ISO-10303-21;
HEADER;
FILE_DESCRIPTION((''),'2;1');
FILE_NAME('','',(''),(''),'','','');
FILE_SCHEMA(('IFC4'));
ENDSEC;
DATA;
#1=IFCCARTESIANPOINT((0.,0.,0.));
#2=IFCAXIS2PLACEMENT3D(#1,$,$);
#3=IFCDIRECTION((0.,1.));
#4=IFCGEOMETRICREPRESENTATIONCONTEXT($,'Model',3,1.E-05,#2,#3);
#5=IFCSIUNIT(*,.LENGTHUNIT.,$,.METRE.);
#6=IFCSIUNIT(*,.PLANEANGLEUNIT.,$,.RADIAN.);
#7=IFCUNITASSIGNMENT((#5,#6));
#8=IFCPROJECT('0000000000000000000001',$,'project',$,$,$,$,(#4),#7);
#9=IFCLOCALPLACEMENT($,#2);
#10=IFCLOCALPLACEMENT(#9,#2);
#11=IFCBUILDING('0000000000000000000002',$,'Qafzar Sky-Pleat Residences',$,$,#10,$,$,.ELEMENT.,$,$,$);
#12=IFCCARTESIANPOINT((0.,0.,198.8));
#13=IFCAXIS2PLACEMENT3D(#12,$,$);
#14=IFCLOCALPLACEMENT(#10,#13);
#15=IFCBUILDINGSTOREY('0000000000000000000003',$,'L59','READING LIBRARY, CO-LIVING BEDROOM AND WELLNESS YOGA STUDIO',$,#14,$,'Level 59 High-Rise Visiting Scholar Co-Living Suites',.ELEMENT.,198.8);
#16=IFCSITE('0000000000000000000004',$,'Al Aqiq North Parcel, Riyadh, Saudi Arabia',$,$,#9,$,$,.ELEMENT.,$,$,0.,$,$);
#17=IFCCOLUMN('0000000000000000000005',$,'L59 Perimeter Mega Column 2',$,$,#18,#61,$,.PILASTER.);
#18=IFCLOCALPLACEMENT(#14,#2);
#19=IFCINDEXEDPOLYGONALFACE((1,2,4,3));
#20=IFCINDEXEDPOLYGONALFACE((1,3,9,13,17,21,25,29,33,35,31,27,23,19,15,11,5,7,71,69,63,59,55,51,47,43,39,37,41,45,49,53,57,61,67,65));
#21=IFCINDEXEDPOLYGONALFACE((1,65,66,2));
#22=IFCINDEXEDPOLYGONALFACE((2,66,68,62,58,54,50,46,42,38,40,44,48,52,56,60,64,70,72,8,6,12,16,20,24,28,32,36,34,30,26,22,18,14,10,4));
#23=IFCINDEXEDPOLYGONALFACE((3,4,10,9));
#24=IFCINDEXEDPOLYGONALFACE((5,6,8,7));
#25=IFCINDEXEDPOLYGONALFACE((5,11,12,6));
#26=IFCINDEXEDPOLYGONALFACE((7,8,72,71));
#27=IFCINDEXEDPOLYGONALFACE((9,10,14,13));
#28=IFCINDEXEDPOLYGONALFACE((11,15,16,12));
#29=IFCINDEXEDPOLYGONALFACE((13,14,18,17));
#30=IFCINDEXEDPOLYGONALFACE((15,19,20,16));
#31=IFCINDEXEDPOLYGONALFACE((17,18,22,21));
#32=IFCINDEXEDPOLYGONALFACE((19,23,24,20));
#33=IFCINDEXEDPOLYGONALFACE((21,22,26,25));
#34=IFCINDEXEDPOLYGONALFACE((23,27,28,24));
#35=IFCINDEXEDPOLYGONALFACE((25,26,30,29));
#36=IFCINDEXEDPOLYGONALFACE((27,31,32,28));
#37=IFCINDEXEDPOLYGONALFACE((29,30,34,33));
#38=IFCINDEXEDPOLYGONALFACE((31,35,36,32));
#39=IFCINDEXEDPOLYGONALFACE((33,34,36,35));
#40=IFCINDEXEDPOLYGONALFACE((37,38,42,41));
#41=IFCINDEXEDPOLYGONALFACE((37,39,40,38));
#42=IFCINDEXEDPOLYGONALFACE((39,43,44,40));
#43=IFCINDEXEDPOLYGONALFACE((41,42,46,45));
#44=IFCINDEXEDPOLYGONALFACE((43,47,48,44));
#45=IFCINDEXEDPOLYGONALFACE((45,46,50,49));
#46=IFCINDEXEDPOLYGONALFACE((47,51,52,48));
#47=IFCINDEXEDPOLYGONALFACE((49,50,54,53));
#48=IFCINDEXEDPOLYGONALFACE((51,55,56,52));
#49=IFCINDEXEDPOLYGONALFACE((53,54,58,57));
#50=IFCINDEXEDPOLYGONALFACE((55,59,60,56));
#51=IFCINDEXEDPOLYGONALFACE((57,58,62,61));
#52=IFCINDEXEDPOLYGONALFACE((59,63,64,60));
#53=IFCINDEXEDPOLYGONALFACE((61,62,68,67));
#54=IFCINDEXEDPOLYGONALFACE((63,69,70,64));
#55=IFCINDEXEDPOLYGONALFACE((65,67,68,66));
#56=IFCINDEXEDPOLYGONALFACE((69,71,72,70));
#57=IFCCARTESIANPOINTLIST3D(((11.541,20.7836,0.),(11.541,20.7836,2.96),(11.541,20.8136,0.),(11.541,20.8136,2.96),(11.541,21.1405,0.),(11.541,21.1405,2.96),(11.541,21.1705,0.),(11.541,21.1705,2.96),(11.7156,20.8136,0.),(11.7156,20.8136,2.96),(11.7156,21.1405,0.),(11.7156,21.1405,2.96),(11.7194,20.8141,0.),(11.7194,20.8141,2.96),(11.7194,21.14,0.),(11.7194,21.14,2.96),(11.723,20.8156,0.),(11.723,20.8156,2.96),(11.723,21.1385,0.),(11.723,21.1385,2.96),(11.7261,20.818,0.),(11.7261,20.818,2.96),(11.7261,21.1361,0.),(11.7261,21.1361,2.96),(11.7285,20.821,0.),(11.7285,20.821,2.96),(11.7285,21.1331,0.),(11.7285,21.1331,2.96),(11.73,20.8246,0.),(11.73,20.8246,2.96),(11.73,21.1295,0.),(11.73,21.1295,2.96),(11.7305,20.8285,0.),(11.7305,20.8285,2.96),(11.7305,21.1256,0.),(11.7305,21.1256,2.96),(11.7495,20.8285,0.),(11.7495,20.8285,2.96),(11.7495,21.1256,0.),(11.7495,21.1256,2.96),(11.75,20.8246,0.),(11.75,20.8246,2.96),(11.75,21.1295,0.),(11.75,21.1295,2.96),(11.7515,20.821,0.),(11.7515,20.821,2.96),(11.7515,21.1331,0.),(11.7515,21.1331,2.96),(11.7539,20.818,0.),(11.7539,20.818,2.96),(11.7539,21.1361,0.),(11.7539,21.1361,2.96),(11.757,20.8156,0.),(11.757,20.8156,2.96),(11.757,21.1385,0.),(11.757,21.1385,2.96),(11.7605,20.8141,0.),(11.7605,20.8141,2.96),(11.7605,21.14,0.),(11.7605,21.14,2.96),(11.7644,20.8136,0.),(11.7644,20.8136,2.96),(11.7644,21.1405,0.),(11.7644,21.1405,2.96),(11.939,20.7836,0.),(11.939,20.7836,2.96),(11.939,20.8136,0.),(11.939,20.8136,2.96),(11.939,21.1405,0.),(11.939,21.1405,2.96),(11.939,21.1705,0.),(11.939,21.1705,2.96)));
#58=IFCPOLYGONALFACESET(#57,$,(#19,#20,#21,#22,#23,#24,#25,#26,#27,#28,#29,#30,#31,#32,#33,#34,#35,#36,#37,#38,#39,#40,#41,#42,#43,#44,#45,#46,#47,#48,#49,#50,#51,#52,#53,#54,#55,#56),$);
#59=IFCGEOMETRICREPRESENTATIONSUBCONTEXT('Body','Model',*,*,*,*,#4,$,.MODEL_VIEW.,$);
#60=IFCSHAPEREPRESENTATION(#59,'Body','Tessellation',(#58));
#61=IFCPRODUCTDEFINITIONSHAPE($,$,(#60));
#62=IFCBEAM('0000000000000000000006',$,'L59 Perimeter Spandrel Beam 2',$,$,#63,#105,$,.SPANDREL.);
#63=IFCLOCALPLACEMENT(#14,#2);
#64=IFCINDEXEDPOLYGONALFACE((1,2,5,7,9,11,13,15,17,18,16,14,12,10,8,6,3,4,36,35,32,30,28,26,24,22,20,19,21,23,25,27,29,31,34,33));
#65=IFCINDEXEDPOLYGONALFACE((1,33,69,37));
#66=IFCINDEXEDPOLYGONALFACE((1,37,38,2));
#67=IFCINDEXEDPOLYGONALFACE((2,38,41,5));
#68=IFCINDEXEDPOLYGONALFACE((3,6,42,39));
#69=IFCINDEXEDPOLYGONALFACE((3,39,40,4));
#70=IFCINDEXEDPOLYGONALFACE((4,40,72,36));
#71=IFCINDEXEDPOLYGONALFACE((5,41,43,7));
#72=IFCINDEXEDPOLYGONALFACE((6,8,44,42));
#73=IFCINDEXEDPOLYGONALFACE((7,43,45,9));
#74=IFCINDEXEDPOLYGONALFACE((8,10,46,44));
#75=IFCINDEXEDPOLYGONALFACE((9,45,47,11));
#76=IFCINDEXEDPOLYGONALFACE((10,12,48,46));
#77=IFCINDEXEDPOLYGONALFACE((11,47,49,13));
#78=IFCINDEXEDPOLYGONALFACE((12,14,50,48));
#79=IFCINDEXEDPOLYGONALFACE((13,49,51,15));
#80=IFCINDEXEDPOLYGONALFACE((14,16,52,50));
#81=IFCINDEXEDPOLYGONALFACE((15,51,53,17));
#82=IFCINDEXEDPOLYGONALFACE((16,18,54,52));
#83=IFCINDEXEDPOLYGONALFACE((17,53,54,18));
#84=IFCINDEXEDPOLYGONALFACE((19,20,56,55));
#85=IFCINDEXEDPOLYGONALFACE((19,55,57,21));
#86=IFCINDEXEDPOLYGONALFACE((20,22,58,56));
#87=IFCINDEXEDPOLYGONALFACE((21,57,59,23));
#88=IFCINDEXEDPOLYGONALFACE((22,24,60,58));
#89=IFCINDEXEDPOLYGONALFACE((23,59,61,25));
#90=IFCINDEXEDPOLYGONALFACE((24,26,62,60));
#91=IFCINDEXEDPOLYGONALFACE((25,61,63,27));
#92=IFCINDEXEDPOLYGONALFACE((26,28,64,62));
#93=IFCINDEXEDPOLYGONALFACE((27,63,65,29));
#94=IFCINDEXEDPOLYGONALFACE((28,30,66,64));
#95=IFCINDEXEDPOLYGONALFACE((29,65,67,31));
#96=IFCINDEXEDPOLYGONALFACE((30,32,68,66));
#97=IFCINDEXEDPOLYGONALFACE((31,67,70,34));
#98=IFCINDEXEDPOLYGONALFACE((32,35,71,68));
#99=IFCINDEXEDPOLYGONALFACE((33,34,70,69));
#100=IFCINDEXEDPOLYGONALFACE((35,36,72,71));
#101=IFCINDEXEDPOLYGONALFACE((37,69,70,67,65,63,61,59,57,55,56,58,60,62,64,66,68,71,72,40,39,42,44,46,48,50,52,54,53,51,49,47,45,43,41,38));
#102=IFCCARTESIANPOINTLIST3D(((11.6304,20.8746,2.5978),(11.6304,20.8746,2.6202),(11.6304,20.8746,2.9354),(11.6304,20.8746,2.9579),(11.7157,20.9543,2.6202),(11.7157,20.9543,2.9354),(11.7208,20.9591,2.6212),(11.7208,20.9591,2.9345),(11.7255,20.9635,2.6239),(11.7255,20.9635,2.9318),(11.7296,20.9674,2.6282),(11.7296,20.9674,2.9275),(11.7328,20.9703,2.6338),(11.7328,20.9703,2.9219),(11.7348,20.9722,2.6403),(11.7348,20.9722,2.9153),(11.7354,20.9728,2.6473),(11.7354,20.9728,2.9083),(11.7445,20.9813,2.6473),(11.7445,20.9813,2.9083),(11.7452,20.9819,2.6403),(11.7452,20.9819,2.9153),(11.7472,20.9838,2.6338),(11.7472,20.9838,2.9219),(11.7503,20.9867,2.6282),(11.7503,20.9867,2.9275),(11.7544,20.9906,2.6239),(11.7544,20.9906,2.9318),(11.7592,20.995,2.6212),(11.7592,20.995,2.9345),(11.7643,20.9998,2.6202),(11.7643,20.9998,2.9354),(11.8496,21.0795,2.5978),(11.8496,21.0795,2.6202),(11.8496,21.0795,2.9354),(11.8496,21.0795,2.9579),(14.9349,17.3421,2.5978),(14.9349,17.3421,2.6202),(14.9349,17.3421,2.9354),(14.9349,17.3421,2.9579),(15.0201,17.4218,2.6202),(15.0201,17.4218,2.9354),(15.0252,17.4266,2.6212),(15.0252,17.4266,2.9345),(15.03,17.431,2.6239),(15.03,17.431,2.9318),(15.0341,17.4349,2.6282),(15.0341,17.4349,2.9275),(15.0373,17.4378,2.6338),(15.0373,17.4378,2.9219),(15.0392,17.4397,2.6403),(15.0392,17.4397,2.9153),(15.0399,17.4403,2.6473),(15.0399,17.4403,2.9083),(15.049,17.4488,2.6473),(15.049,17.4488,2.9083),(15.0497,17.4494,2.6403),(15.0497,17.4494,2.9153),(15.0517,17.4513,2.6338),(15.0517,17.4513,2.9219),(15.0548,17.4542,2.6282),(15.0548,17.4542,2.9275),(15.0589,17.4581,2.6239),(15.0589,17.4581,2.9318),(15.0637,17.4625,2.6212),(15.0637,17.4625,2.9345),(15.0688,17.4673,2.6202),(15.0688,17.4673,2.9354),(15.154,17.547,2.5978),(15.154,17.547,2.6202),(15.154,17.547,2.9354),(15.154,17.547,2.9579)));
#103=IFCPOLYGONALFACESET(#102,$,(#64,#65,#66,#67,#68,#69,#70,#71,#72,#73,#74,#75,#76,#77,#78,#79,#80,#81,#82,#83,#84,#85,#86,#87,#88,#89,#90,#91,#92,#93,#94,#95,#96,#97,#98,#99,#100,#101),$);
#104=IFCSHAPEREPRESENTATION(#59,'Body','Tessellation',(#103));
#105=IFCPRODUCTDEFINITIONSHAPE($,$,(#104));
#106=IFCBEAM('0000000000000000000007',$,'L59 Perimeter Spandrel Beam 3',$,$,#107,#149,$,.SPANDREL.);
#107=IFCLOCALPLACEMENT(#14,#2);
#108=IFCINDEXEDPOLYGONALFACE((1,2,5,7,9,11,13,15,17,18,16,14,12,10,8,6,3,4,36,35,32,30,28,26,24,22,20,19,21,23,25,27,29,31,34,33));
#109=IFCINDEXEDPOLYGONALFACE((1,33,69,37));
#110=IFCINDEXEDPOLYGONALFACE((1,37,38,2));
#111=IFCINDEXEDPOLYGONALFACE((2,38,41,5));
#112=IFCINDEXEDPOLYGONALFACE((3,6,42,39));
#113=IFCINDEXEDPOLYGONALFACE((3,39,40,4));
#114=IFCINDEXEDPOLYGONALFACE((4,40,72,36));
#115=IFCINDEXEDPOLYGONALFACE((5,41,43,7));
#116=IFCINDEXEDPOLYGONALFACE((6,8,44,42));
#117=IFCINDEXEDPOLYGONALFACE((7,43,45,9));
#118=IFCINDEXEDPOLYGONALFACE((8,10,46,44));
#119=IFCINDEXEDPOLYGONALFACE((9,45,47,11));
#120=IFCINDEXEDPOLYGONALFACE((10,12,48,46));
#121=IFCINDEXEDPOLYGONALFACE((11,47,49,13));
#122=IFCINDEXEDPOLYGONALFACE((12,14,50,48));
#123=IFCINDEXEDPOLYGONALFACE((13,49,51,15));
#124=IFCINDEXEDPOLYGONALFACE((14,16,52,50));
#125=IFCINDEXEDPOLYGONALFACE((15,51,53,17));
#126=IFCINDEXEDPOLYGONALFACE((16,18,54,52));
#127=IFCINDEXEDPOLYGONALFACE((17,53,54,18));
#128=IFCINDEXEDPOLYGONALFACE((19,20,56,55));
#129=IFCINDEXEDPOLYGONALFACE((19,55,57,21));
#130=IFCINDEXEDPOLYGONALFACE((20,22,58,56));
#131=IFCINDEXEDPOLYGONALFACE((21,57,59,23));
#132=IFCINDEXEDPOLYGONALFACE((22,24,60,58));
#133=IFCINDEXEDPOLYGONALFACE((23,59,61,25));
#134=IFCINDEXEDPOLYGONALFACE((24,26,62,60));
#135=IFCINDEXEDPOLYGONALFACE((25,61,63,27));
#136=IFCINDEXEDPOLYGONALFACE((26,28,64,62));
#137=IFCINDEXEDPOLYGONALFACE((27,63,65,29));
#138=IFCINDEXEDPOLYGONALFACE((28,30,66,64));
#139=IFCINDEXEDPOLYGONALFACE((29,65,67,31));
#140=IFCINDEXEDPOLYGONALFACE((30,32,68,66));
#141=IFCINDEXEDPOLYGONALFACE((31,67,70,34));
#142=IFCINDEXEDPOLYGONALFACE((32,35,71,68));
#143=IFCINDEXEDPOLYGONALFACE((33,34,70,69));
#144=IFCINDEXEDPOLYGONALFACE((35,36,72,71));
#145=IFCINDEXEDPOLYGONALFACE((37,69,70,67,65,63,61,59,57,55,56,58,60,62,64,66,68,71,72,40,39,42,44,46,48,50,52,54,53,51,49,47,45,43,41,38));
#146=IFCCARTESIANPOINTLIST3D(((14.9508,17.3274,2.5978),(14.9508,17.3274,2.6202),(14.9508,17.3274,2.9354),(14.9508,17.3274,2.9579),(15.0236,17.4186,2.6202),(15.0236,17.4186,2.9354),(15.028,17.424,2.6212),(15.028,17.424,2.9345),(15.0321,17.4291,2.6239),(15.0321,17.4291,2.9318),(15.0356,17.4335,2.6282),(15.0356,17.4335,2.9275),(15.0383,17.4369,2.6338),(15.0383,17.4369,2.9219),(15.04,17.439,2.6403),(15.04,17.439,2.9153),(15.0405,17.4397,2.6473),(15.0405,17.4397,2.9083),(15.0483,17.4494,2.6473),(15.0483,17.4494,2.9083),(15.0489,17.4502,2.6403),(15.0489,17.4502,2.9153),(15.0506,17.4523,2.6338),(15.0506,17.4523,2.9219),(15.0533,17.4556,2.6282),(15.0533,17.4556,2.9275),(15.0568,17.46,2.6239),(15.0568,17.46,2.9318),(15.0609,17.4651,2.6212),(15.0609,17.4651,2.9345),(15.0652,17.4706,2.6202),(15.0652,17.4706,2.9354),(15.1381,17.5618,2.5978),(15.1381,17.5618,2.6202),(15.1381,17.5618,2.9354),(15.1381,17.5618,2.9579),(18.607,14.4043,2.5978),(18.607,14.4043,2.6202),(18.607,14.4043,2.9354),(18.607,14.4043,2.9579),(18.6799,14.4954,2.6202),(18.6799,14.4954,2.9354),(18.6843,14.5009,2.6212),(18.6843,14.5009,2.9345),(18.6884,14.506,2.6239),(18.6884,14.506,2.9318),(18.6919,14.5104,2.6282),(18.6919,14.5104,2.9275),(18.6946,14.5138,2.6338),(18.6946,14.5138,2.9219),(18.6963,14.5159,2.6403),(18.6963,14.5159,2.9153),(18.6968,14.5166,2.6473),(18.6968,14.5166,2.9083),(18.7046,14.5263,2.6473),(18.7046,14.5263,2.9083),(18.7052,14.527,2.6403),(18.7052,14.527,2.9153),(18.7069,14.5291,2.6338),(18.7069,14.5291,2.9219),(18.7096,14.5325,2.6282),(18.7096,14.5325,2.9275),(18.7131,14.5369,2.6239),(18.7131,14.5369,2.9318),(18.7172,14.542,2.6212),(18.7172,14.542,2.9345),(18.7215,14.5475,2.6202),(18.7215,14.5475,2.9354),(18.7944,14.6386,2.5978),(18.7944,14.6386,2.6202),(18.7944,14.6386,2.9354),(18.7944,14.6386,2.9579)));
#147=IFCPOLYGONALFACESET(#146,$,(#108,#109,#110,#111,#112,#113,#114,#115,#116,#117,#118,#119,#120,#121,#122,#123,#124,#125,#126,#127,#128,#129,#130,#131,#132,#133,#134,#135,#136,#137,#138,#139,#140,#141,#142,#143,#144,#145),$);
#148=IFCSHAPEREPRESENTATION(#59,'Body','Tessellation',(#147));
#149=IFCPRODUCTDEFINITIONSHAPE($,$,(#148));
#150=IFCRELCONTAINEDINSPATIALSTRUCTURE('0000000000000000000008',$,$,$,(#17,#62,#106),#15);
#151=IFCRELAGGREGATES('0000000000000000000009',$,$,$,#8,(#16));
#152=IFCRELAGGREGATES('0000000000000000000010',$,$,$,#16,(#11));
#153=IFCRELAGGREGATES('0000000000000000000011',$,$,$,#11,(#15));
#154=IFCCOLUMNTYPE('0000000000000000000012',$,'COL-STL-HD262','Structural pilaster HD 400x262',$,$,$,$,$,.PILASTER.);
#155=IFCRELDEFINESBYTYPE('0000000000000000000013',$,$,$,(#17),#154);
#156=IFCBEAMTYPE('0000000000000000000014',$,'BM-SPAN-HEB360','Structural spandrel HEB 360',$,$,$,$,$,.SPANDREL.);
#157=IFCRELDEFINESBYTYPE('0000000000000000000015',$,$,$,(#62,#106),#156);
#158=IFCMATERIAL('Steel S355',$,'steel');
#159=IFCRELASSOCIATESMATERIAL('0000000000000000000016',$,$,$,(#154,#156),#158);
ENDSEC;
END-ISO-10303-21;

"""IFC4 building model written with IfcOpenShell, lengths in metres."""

from ifc_helpers import new_model, si_unit, direction, frame, origin, origin_2d, place, context, subcontext, project, spatial, i_section, extrude, source, transform, mapped, material, material_profile, profile_set, type_object, element, save


model = new_model("IFC4")

# Units and contexts
model_context = context("Model", 3, precision=1e-05, world=origin(), true_north=direction((0.0, 1.0)))
body_context = subcontext(model_context, "Body", "Model", "MODEL_VIEW")
ifc_project = project(units=[si_unit("LENGTHUNIT", "METRE"), si_unit("PLANEANGLEUNIT", "RADIAN")], contexts=[model_context])

# Site, building, storey
site_placement = place(None, origin())
site = spatial("IfcSite", under=ifc_project, at=site_placement, Name="Al Aqiq North Parcel, Riyadh, Saudi Arabia", CompositionType="ELEMENT", RefElevation=0.0)
building_placement = place(site_placement, origin())
building = spatial("IfcBuilding", under=site, at=building_placement, Name="Qafzar Sky-Pleat Residences", CompositionType="ELEMENT")
storey_placement = place(building_placement, frame((0.0, 0.0, 198.8)))
storey = spatial("IfcBuildingStorey", under=building, at=storey_placement, Name="L59", Description="READING LIBRARY, CO-LIVING BEDROOM AND WELLNESS YOGA STUDIO", LongName="Level 59 High-Rise Visiting Scholar Co-Living Suites", CompositionType="ELEMENT", Elevation=198.8)

# Column
ifc_material_1 = material(Name="Steel S355", Category="steel")
ifc_material_profile_1 = material_profile(ifc_material_1, i_section(OverallWidth=0.3979, OverallDepth=0.387, WebThickness=0.019, FlangeThickness=0.03, FilletRadius=0.0149, at=origin_2d()), Name="HD 400x262")
ifc_profile_set_1 = profile_set([ifc_material_profile_1], Name="Steel S355")
column_type = type_object("IfcColumnType", Name="COL-STL-HD262", Description="Structural pilaster HD 400x262", PredefinedType="PILASTER", material=ifc_profile_set_1)
shared_shape_1 = source(origin(), body_context, "Body", "SweptSolid", [
    extrude(i_section(OverallWidth=0.3979, OverallDepth=0.387, WebThickness=0.019, FlangeThickness=0.03, FilletRadius=0.0149, at=origin_2d()), origin(), (0.0, 0.0, 1.0), 2.96),
])
column_placement = place(storey_placement, frame((11.74, 20.9771, 0.0), z_axis=(0.0, 0.0, 1.0), x_axis=(1.0, 0.0, 0.0)))
element("IfcColumn", 1, at=column_placement, inside=storey, type_object=column_type, Name="L59 Perimeter Mega Column 2", PredefinedType="PILASTER", context=body_context, shape_type="MappedRepresentation", body=[
    mapped(shared_shape_1, transform((0.0, 0.0, 0.0), x_axis=(1.0, 0.0, 0.0), y_axis=(0.0, 1.0, 0.0), z_axis=(0.0, 0.0, 1.0), scale=1.0)),
])

# Beams
ifc_material_profile_2 = material_profile(ifc_material_1, i_section(OverallWidth=0.3, OverallDepth=0.3601, WebThickness=0.0125, FlangeThickness=0.0225, FilletRadius=0.0271, at=origin_2d()), Name="HEB 360")
ifc_profile_set_2 = profile_set([ifc_material_profile_2], Name="Steel S355")
beam_type_1 = type_object("IfcBeamType", Name="BM-SPAN-HEB360", Description="Structural spandrel HEB 360", PredefinedType="SPANDREL", material=ifc_profile_set_2)
shared_shape_2 = source(origin(), body_context, "Body", "SweptSolid", [
    extrude(i_section(OverallWidth=0.3, OverallDepth=0.3601, WebThickness=0.0125, FlangeThickness=0.0225, FilletRadius=0.0271, at=origin_2d()), origin(), (0.0, 0.0, 1.0), 4.8372),
])
beam_1_placement = place(storey_placement, frame((11.74, 20.9771, 2.7778), z_axis=(0.683143, -0.730284, 0.0), x_axis=(0.730284, 0.683143, 0.0)))
element("IfcBeam", 2, at=beam_1_placement, inside=storey, type_object=beam_type_1, Name="L59 Perimeter Spandrel Beam 2", PredefinedType="SPANDREL", context=body_context, shape_type="MappedRepresentation", body=[
    mapped(shared_shape_2, transform((0.0, 0.0, 0.0), x_axis=(1.0, 0.0, 0.0), y_axis=(0.0, 1.0, 0.0), z_axis=(0.0, 0.0, 1.0), scale=1.0)),
])
shared_shape_3 = source(origin(), body_context, "Body", "SweptSolid", [
    extrude(i_section(OverallWidth=0.3, OverallDepth=0.3601, WebThickness=0.0125, FlangeThickness=0.0225, FilletRadius=0.0271, at=origin_2d()), origin(), (0.0, 0.0, 1.0), 4.6812),
])
beam_2_placement = place(storey_placement, frame((15.0444, 17.4446, 2.7778), z_axis=(0.781067, -0.624447, 0.0), x_axis=(0.624447, 0.781067, 0.0)))
element("IfcBeam", 3, at=beam_2_placement, inside=storey, type_object=beam_type_1, Name="L59 Perimeter Spandrel Beam 3", PredefinedType="SPANDREL", context=body_context, shape_type="MappedRepresentation", body=[
    mapped(shared_shape_3, transform((0.0, 0.0, 0.0), x_axis=(1.0, 0.0, 0.0), y_axis=(0.0, 1.0, 0.0), z_axis=(0.0, 0.0, 1.0), scale=1.0)),
])

save(model, "model.ifc")
